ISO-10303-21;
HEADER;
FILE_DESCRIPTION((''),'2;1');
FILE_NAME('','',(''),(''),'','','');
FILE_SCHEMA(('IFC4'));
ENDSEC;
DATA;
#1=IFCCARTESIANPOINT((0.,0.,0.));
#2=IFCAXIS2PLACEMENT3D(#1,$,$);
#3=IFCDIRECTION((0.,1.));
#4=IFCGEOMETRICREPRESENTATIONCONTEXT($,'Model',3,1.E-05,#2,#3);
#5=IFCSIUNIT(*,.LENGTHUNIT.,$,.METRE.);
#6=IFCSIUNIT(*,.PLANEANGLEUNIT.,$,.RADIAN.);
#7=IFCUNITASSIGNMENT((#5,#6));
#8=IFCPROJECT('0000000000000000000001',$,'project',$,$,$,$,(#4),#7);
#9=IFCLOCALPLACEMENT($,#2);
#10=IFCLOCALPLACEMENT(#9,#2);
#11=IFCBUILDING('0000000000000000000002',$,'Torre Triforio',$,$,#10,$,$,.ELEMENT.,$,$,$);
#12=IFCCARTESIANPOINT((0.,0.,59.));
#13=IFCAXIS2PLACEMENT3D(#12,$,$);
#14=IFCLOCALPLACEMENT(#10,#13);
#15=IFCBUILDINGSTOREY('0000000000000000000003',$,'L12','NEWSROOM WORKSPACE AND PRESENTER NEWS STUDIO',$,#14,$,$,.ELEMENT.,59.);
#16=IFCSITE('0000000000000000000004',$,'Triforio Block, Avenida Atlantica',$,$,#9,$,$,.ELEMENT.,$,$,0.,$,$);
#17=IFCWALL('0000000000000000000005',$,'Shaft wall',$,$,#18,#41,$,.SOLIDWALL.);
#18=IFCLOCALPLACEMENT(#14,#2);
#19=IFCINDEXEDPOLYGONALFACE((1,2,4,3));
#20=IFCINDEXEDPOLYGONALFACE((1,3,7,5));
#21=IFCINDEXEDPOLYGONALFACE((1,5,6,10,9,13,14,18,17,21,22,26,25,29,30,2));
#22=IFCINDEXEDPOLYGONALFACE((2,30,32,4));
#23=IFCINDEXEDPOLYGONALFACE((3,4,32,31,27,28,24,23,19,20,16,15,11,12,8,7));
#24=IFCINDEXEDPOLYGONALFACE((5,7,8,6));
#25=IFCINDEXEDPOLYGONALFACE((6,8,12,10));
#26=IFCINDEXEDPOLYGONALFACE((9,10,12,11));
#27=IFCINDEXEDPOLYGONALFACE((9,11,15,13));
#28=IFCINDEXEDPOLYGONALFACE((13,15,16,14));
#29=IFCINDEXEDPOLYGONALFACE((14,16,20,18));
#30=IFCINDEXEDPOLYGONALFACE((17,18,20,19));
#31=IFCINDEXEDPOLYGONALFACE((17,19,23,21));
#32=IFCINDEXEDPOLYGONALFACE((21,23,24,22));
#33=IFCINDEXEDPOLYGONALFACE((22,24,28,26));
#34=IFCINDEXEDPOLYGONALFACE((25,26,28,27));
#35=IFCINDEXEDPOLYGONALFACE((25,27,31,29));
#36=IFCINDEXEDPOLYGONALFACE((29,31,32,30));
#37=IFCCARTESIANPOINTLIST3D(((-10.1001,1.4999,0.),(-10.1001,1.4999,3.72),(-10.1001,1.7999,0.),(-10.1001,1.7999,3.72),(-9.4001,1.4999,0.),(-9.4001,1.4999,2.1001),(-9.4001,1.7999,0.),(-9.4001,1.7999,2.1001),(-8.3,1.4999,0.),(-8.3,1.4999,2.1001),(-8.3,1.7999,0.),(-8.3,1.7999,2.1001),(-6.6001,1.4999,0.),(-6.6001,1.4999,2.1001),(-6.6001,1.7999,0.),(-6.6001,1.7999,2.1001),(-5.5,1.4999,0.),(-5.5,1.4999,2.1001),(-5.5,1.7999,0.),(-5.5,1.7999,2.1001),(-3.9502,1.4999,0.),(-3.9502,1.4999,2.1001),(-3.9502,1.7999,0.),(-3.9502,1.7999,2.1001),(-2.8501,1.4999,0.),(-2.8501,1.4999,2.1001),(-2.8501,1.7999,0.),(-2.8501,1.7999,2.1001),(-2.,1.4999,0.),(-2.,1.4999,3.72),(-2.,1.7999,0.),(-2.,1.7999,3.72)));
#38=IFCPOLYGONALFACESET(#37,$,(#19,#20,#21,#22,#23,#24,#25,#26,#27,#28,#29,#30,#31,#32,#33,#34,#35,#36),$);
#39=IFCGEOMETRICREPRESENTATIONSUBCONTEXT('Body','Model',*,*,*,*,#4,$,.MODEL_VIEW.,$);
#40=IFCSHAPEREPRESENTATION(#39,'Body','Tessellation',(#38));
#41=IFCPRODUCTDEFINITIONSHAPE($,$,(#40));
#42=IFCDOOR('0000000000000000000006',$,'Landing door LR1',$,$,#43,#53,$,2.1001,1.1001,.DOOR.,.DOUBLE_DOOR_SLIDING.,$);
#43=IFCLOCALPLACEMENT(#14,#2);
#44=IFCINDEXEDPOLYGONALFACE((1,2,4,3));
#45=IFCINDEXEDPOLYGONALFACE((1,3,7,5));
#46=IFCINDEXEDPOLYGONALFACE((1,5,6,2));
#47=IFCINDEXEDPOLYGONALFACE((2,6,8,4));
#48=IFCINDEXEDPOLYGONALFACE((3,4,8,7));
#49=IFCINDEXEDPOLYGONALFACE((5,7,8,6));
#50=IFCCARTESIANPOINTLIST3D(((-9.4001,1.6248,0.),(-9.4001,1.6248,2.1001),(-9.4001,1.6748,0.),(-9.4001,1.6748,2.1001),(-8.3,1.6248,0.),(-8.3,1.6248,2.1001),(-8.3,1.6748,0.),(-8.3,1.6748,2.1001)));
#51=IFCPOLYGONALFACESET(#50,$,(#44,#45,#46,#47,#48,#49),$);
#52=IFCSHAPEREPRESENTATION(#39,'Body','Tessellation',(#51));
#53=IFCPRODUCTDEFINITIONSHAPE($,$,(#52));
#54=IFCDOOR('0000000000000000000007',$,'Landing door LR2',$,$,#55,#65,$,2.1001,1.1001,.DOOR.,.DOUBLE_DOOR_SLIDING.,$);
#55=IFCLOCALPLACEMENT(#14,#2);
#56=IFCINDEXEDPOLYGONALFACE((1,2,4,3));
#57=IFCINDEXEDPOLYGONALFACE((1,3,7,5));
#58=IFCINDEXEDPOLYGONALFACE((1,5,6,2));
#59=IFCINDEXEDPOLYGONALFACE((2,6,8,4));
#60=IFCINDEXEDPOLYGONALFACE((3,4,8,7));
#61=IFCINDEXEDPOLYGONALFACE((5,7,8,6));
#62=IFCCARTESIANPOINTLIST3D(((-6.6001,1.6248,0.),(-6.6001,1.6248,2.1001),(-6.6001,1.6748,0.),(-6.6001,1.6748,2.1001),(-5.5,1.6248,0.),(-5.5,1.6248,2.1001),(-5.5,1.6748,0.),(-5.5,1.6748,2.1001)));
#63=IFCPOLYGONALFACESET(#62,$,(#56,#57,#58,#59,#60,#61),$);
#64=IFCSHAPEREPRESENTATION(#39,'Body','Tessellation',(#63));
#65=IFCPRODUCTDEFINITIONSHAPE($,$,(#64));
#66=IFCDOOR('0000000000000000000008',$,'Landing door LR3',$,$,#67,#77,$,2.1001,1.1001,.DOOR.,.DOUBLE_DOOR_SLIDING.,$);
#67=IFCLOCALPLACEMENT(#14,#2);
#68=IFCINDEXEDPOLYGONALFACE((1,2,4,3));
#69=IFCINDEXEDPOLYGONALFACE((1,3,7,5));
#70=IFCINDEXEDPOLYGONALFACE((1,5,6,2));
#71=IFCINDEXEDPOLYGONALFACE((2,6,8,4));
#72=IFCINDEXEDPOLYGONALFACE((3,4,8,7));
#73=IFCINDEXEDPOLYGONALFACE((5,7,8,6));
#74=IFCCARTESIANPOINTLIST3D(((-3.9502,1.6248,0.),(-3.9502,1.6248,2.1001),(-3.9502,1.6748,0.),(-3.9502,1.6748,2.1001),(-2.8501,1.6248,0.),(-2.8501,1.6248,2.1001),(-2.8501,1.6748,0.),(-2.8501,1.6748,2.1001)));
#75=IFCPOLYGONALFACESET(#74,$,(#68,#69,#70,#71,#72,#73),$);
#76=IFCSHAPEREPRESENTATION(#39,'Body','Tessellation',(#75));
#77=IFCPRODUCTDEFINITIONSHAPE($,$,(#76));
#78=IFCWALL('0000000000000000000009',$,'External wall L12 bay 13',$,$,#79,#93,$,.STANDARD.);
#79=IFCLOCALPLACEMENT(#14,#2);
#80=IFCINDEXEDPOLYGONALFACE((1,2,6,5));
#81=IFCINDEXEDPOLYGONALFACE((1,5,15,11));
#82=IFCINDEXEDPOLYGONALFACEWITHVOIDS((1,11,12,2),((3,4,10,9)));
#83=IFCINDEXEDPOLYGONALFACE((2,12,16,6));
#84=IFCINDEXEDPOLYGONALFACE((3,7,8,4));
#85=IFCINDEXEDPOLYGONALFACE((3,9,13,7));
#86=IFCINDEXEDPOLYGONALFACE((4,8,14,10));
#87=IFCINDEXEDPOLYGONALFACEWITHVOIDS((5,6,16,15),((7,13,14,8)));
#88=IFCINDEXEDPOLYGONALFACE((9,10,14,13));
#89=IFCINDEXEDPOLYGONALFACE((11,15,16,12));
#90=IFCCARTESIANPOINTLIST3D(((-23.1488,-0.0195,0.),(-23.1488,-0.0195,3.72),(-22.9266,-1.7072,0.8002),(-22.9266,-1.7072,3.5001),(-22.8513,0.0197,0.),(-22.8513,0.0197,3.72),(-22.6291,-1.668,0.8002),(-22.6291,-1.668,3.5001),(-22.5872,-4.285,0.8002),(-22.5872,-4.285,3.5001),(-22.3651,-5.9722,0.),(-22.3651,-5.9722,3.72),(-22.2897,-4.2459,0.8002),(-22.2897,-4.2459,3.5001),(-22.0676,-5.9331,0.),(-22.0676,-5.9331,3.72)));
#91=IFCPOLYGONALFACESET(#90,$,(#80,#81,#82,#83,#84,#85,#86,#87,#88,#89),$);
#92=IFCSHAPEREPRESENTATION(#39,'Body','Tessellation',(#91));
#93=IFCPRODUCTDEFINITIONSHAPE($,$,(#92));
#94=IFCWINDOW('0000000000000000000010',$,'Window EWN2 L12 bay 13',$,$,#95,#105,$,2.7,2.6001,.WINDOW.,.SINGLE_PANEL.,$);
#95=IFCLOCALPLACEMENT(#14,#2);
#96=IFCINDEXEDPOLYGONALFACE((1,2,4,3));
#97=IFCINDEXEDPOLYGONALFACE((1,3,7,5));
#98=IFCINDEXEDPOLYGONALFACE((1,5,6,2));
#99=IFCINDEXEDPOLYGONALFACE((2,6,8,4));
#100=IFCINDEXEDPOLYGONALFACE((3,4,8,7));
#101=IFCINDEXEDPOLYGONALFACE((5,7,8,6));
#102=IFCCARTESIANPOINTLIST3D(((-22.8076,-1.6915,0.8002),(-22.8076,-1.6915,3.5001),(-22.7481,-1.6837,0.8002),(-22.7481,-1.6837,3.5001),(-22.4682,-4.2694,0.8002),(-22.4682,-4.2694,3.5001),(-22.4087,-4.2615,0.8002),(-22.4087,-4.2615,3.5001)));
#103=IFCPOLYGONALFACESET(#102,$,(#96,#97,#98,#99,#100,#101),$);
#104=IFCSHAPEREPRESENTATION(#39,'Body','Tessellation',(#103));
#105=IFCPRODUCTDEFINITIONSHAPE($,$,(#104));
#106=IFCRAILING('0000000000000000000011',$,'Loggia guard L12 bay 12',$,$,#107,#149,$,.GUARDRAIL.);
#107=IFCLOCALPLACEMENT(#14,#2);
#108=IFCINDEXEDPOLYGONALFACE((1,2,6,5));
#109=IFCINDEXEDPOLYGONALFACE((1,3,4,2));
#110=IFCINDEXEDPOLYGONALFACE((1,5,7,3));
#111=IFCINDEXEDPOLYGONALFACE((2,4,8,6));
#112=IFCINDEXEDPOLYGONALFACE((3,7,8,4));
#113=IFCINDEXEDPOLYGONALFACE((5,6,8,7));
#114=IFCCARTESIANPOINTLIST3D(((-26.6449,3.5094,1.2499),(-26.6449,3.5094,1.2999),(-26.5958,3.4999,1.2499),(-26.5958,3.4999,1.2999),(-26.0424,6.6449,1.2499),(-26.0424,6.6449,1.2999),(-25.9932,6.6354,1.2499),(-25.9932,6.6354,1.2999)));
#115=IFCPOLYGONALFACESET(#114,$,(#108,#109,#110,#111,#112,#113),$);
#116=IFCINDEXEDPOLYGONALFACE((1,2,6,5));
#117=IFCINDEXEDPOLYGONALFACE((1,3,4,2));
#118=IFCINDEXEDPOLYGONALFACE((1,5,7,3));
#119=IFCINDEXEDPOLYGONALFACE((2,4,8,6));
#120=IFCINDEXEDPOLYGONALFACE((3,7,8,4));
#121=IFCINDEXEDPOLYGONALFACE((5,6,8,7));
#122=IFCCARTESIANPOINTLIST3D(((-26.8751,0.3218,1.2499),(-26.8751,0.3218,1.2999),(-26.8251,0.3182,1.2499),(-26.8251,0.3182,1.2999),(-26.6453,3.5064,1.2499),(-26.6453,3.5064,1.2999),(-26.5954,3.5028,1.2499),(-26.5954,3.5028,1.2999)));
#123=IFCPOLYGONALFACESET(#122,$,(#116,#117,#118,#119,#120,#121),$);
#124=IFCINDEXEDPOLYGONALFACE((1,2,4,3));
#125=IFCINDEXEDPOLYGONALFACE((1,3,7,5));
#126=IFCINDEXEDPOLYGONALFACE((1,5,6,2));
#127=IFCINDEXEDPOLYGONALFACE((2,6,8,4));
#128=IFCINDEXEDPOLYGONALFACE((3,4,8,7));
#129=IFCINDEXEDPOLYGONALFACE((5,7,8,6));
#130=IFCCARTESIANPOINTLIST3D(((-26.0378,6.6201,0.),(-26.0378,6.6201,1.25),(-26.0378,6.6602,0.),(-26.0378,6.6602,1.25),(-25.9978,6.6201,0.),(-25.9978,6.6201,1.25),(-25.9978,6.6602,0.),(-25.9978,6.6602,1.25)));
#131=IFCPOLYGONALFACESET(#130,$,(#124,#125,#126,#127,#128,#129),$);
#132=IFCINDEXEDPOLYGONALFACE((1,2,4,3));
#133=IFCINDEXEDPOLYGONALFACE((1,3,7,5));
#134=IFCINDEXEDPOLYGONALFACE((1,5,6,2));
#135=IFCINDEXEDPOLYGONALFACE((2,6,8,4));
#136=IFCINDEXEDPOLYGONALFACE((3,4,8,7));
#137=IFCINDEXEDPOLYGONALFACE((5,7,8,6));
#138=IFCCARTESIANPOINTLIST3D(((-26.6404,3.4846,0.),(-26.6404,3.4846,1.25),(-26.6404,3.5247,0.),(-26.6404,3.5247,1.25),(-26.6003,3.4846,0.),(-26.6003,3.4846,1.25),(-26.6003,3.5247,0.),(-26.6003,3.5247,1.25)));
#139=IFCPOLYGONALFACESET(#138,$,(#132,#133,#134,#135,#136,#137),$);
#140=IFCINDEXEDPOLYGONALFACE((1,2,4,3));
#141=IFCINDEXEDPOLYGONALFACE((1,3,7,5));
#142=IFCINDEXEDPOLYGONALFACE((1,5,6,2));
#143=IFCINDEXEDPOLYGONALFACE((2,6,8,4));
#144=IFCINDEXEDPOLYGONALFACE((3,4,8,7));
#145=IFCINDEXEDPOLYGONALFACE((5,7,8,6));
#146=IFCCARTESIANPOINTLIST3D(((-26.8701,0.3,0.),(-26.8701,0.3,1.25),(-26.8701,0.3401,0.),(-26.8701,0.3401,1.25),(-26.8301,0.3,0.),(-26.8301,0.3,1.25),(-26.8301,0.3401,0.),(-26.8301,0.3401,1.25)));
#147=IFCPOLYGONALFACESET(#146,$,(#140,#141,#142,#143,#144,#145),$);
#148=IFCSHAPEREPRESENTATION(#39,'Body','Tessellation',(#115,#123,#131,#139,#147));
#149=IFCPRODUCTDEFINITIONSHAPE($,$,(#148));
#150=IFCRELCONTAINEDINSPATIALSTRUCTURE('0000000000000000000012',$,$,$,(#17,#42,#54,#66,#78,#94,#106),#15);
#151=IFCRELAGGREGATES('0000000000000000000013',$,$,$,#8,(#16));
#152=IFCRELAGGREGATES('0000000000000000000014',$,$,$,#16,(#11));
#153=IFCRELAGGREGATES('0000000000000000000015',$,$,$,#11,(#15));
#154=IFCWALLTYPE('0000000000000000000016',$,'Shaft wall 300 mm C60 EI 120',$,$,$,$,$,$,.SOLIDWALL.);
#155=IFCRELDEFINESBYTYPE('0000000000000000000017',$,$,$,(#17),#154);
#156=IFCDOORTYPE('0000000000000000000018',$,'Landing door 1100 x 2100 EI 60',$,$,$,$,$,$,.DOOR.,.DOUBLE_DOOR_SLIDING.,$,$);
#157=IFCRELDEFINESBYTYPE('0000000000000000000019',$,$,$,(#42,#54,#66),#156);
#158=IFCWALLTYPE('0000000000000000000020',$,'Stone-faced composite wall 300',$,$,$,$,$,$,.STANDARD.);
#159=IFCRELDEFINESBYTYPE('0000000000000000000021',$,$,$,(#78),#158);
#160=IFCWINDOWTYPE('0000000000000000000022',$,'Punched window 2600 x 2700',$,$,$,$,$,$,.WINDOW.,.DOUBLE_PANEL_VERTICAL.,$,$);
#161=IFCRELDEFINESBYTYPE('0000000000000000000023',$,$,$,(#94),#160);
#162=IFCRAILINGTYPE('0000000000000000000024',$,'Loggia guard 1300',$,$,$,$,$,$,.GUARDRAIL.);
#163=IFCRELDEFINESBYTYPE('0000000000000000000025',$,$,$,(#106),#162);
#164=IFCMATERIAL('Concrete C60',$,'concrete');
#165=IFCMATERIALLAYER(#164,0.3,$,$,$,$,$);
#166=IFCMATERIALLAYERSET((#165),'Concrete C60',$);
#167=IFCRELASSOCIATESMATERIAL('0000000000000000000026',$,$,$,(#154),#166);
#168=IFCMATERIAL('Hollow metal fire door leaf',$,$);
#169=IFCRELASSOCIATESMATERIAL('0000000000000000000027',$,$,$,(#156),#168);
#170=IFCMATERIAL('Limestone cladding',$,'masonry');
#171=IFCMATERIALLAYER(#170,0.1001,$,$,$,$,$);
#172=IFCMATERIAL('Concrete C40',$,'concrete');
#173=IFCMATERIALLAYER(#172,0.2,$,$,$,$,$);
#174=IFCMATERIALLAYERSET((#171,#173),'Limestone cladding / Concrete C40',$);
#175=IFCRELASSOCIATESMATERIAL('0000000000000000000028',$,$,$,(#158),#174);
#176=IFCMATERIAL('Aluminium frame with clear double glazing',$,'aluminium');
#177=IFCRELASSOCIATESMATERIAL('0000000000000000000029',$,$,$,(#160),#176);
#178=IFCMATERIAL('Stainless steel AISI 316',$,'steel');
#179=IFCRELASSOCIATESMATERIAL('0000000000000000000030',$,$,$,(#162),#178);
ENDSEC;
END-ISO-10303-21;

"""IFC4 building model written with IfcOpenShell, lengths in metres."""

from ifc_helpers import new_model, si_unit, direction, frame, frame_2d, origin, origin_2d, place, context, subcontext, project, spatial, rectangle, extrude, material, layer, layer_set, type_object, element, fill, save


model = new_model("IFC4")

# Units and contexts
model_context = context("Model", 3, precision=1e-05, world=origin(), true_north=direction((0.0, 1.0)))
body_context = subcontext(model_context, "Body", "Model", "MODEL_VIEW")
ifc_project = project(units=[si_unit("LENGTHUNIT", "METRE"), si_unit("PLANEANGLEUNIT", "RADIAN")], contexts=[model_context])

# Site, building, storey
site_placement = place(None, origin())
site = spatial("IfcSite", under=ifc_project, at=site_placement, Name="Triforio Block, Avenida Atlantica", CompositionType="ELEMENT", RefElevation=0.0)
building_placement = place(site_placement, origin())
building = spatial("IfcBuilding", under=site, at=building_placement, Name="Torre Triforio", CompositionType="ELEMENT")
storey_placement = place(building_placement, frame((0.0, 0.0, 59.0)))
storey = spatial("IfcBuildingStorey", under=building, at=storey_placement, Name="L12", Description="NEWSROOM WORKSPACE AND PRESENTER NEWS STUDIO", CompositionType="ELEMENT", Elevation=59.0)

# Shared definitions
ifc_material_1 = material(Name="Concrete C60", Category="concrete")
ifc_material_2 = material(Name="Hollow metal fire door leaf")

# Shared definitions
ifc_layer_1 = layer(ifc_material_1, 0.3)
ifc_layer_set_1 = layer_set([ifc_layer_1], Name="Concrete C60")
wall_type_1 = type_object("IfcWallType", Name="Shaft wall 300 mm C60 EI 120", PredefinedType="SOLIDWALL", material=ifc_layer_set_1)

# Wall, openings, doors
wall_1_placement = place(storey_placement, frame((-10.1001, 1.6499, 0.0), z_axis=(0.0, 0.0, 1.0), x_axis=(1.0, 0.0, 0.0)))
wall_1 = element("IfcWall", 1, at=wall_1_placement, inside=storey, type_object=wall_type_1, Name="Shaft wall", PredefinedType="SOLIDWALL", context=body_context, shape_type="SweptSolid", body=[
    extrude(rectangle(XDim=8.1001, YDim=0.3, at=frame_2d((4.05, 0.0))), origin(), (0.0, 0.0, 1.0), 3.72),
])
opening_1_placement = place(wall_1_placement, frame((0.7, 0.0, 0.0)))
opening_1 = element("IfcOpeningElement", 2, at=opening_1_placement, cuts=wall_1, PredefinedType="OPENING", context=body_context, shape_type="SweptSolid", body=[
    extrude(rectangle(XDim=1.1001, YDim=2.1001, at=frame_2d((0.55, 1.05))), frame((0.0, 0.1599, 0.0), z_axis=(0.0, -1.0, 0.0), x_axis=(1.0, 0.0, 0.0)), (0.0, 0.0, 1.0), 0.3201),
])
opening_2_placement = place(wall_1_placement, frame((3.5, 0.0, 0.0)))
opening_2 = element("IfcOpeningElement", 3, at=opening_2_placement, cuts=wall_1, PredefinedType="OPENING", context=body_context, shape_type="SweptSolid", body=[
    extrude(rectangle(XDim=1.1001, YDim=2.1001, at=frame_2d((0.55, 1.05))), frame((0.0, 0.1599, 0.0), z_axis=(0.0, -1.0, 0.0), x_axis=(1.0, 0.0, 0.0)), (0.0, 0.0, 1.0), 0.3201),
])
opening_3_placement = place(wall_1_placement, frame((6.1499, 0.0, 0.0)))
opening_3 = element("IfcOpeningElement", 4, at=opening_3_placement, cuts=wall_1, PredefinedType="OPENING", context=body_context, shape_type="SweptSolid", body=[
    extrude(rectangle(XDim=1.1001, YDim=2.1001, at=frame_2d((0.55, 1.05))), frame((0.0, 0.1599, 0.0), z_axis=(0.0, -1.0, 0.0), x_axis=(1.0, 0.0, 0.0)), (0.0, 0.0, 1.0), 0.3201),
])
door_type_1 = type_object("IfcDoorType", Name="Landing door 1100 x 2100 EI 60", OperationType="DOUBLE_DOOR_SLIDING", PredefinedType="DOOR", material=ifc_material_2)
door_1_placement = place(opening_1_placement, origin())
door_1 = element("IfcDoor", 5, at=door_1_placement, inside=storey, type_object=door_type_1, Name="Landing door LR1", OperationType="DOUBLE_DOOR_SLIDING", OverallHeight=2.1001, OverallWidth=1.1001, PredefinedType="DOOR", context=body_context, shape_type="SweptSolid", body=[
    extrude(rectangle(XDim=1.1001, YDim=2.1001, at=frame_2d((0.55, 1.05))), frame((0.0, 0.0249, 0.0), z_axis=(0.0, -1.0, 0.0), x_axis=(1.0, 0.0, 0.0)), (0.0, 0.0, 1.0), 0.05),
])
fill(opening_1, door_1)
door_2_placement = place(opening_2_placement, origin())
door_2 = element("IfcDoor", 6, at=door_2_placement, inside=storey, type_object=door_type_1, Name="Landing door LR2", OperationType="DOUBLE_DOOR_SLIDING", OverallHeight=2.1001, OverallWidth=1.1001, PredefinedType="DOOR", context=body_context, shape_type="SweptSolid", body=[
    extrude(rectangle(XDim=1.1001, YDim=2.1001, at=frame_2d((0.55, 1.05))), frame((0.0, 0.0249, 0.0), z_axis=(0.0, -1.0, 0.0), x_axis=(1.0, 0.0, 0.0)), (0.0, 0.0, 1.0), 0.05),
])
fill(opening_2, door_2)
door_3_placement = place(opening_3_placement, origin())
door_3 = element("IfcDoor", 7, at=door_3_placement, inside=storey, type_object=door_type_1, Name="Landing door LR3", OperationType="DOUBLE_DOOR_SLIDING", OverallHeight=2.1001, OverallWidth=1.1001, PredefinedType="DOOR", context=body_context, shape_type="SweptSolid", body=[
    extrude(rectangle(XDim=1.1001, YDim=2.1001, at=frame_2d((0.55, 1.05))), frame((0.0, 0.0249, 0.0), z_axis=(0.0, -1.0, 0.0), x_axis=(1.0, 0.0, 0.0)), (0.0, 0.0, 1.0), 0.05),
])
fill(opening_3, door_3)

# Shared definitions
ifc_material_3 = material(Name="Limestone cladding", Category="masonry")
ifc_layer_2 = layer(ifc_material_3, 0.1001)
ifc_material_4 = material(Name="Concrete C40", Category="concrete")
ifc_layer_3 = layer(ifc_material_4, 0.2)
ifc_layer_set_2 = layer_set([ifc_layer_2, ifc_layer_3], Name="Limestone cladding / Concrete C40")
wall_type_2 = type_object("IfcWallType", Name="Stone-faced composite wall 300", PredefinedType="STANDARD", material=ifc_layer_set_2)
ifc_material_5 = material(Name="Aluminium frame with clear double glazing", Category="aluminium")

# Wall, opening, window
wall_2_placement = place(storey_placement, frame((-23.0, 0.0, 0.0), z_axis=(0.0, 0.0, 1.0), x_axis=(0.130523, -0.991445, 0.0)))
wall_2 = element("IfcWall", 8, at=wall_2_placement, inside=storey, type_object=wall_type_2, Name="External wall L12 bay 13", PredefinedType="STANDARD", context=body_context, shape_type="SweptSolid", body=[
    extrude(rectangle(XDim=6.0042, YDim=0.3, at=frame_2d((3.002, 0.0))), origin(), (0.0, 0.0, 1.0), 3.72),
])
opening_4_placement = place(wall_2_placement, frame((1.7021, 0.0, 0.8)))
opening_4 = element("IfcOpeningElement", 9, at=opening_4_placement, cuts=wall_2, PredefinedType="OPENING", context=body_context, shape_type="SweptSolid", body=[
    extrude(rectangle(XDim=2.6001, YDim=2.7, at=frame_2d((1.3, 1.3501))), frame((0.0, 0.1599, 0.0), z_axis=(0.0, -1.0, 0.0), x_axis=(1.0, 0.0, 0.0)), (0.0, 0.0, 1.0), 0.3201),
])
window_type_1 = type_object("IfcWindowType", Name="Punched window 2600 x 2700", PartitioningType="DOUBLE_PANEL_VERTICAL", PredefinedType="WINDOW", material=ifc_material_5)
window_1_placement = place(opening_4_placement, origin())
window_1 = element("IfcWindow", 10, at=window_1_placement, inside=storey, type_object=window_type_1, Name="Window EWN2 L12 bay 13", OverallHeight=2.7, OverallWidth=2.6001, PartitioningType="SINGLE_PANEL", PredefinedType="WINDOW", context=body_context, shape_type="SweptSolid", body=[
    extrude(rectangle(XDim=2.6001, YDim=2.7, at=frame_2d((1.3, 1.3501))), frame((0.0, 0.03, 0.0), z_axis=(0.0, -1.0, 0.0), x_axis=(1.0, 0.0, 0.0)), (0.0, 0.0, 1.0), 0.0601),
])
fill(opening_4, window_1)

# Railing
ifc_material_6 = material(Name="Stainless steel AISI 316", Category="steel")
railing_type = type_object("IfcRailingType", Name="Loggia guard 1300", PredefinedType="GUARDRAIL", material=ifc_material_6)
railing_1_placement = place(storey_placement, frame((-26.0178, 6.6401, 0.0)))
element("IfcRailing", 11, at=railing_1_placement, inside=storey, type_object=railing_type, Name="Loggia guard L12 bay 12", PredefinedType="GUARDRAIL", context=body_context, shape_type="SweptSolid", body=[
    extrude(rectangle(XDim=0.05, YDim=0.05, at=origin_2d()), frame((0.0, 0.0, 1.2749), z_axis=(-0.188714, -0.982032, 0.0), x_axis=(0.982032, -0.188714, 0.0)), (0.0, 0.0, 1.0), 3.1929),
    extrude(rectangle(XDim=0.05, YDim=0.05, at=origin_2d()), frame((-0.6025, -3.1355, 1.2749), z_axis=(-0.071953, -0.997408, 0.0), x_axis=(0.997408, -0.071953, 0.0)), (0.0, 0.0, 1.0), 3.1929),
    extrude(rectangle(XDim=0.04, YDim=0.04, at=origin_2d()), origin(), (0.0, 0.0, 1.0), 1.25),
    extrude(rectangle(XDim=0.04, YDim=0.04, at=origin_2d()), frame((-0.6025, -3.1355, 0.0)), (0.0, 0.0, 1.0), 1.25),
    extrude(rectangle(XDim=0.04, YDim=0.04, at=origin_2d()), frame((-0.8323, -6.3201, 0.0)), (0.0, 0.0, 1.0), 1.25),
])

save(model, "model.ifc")
